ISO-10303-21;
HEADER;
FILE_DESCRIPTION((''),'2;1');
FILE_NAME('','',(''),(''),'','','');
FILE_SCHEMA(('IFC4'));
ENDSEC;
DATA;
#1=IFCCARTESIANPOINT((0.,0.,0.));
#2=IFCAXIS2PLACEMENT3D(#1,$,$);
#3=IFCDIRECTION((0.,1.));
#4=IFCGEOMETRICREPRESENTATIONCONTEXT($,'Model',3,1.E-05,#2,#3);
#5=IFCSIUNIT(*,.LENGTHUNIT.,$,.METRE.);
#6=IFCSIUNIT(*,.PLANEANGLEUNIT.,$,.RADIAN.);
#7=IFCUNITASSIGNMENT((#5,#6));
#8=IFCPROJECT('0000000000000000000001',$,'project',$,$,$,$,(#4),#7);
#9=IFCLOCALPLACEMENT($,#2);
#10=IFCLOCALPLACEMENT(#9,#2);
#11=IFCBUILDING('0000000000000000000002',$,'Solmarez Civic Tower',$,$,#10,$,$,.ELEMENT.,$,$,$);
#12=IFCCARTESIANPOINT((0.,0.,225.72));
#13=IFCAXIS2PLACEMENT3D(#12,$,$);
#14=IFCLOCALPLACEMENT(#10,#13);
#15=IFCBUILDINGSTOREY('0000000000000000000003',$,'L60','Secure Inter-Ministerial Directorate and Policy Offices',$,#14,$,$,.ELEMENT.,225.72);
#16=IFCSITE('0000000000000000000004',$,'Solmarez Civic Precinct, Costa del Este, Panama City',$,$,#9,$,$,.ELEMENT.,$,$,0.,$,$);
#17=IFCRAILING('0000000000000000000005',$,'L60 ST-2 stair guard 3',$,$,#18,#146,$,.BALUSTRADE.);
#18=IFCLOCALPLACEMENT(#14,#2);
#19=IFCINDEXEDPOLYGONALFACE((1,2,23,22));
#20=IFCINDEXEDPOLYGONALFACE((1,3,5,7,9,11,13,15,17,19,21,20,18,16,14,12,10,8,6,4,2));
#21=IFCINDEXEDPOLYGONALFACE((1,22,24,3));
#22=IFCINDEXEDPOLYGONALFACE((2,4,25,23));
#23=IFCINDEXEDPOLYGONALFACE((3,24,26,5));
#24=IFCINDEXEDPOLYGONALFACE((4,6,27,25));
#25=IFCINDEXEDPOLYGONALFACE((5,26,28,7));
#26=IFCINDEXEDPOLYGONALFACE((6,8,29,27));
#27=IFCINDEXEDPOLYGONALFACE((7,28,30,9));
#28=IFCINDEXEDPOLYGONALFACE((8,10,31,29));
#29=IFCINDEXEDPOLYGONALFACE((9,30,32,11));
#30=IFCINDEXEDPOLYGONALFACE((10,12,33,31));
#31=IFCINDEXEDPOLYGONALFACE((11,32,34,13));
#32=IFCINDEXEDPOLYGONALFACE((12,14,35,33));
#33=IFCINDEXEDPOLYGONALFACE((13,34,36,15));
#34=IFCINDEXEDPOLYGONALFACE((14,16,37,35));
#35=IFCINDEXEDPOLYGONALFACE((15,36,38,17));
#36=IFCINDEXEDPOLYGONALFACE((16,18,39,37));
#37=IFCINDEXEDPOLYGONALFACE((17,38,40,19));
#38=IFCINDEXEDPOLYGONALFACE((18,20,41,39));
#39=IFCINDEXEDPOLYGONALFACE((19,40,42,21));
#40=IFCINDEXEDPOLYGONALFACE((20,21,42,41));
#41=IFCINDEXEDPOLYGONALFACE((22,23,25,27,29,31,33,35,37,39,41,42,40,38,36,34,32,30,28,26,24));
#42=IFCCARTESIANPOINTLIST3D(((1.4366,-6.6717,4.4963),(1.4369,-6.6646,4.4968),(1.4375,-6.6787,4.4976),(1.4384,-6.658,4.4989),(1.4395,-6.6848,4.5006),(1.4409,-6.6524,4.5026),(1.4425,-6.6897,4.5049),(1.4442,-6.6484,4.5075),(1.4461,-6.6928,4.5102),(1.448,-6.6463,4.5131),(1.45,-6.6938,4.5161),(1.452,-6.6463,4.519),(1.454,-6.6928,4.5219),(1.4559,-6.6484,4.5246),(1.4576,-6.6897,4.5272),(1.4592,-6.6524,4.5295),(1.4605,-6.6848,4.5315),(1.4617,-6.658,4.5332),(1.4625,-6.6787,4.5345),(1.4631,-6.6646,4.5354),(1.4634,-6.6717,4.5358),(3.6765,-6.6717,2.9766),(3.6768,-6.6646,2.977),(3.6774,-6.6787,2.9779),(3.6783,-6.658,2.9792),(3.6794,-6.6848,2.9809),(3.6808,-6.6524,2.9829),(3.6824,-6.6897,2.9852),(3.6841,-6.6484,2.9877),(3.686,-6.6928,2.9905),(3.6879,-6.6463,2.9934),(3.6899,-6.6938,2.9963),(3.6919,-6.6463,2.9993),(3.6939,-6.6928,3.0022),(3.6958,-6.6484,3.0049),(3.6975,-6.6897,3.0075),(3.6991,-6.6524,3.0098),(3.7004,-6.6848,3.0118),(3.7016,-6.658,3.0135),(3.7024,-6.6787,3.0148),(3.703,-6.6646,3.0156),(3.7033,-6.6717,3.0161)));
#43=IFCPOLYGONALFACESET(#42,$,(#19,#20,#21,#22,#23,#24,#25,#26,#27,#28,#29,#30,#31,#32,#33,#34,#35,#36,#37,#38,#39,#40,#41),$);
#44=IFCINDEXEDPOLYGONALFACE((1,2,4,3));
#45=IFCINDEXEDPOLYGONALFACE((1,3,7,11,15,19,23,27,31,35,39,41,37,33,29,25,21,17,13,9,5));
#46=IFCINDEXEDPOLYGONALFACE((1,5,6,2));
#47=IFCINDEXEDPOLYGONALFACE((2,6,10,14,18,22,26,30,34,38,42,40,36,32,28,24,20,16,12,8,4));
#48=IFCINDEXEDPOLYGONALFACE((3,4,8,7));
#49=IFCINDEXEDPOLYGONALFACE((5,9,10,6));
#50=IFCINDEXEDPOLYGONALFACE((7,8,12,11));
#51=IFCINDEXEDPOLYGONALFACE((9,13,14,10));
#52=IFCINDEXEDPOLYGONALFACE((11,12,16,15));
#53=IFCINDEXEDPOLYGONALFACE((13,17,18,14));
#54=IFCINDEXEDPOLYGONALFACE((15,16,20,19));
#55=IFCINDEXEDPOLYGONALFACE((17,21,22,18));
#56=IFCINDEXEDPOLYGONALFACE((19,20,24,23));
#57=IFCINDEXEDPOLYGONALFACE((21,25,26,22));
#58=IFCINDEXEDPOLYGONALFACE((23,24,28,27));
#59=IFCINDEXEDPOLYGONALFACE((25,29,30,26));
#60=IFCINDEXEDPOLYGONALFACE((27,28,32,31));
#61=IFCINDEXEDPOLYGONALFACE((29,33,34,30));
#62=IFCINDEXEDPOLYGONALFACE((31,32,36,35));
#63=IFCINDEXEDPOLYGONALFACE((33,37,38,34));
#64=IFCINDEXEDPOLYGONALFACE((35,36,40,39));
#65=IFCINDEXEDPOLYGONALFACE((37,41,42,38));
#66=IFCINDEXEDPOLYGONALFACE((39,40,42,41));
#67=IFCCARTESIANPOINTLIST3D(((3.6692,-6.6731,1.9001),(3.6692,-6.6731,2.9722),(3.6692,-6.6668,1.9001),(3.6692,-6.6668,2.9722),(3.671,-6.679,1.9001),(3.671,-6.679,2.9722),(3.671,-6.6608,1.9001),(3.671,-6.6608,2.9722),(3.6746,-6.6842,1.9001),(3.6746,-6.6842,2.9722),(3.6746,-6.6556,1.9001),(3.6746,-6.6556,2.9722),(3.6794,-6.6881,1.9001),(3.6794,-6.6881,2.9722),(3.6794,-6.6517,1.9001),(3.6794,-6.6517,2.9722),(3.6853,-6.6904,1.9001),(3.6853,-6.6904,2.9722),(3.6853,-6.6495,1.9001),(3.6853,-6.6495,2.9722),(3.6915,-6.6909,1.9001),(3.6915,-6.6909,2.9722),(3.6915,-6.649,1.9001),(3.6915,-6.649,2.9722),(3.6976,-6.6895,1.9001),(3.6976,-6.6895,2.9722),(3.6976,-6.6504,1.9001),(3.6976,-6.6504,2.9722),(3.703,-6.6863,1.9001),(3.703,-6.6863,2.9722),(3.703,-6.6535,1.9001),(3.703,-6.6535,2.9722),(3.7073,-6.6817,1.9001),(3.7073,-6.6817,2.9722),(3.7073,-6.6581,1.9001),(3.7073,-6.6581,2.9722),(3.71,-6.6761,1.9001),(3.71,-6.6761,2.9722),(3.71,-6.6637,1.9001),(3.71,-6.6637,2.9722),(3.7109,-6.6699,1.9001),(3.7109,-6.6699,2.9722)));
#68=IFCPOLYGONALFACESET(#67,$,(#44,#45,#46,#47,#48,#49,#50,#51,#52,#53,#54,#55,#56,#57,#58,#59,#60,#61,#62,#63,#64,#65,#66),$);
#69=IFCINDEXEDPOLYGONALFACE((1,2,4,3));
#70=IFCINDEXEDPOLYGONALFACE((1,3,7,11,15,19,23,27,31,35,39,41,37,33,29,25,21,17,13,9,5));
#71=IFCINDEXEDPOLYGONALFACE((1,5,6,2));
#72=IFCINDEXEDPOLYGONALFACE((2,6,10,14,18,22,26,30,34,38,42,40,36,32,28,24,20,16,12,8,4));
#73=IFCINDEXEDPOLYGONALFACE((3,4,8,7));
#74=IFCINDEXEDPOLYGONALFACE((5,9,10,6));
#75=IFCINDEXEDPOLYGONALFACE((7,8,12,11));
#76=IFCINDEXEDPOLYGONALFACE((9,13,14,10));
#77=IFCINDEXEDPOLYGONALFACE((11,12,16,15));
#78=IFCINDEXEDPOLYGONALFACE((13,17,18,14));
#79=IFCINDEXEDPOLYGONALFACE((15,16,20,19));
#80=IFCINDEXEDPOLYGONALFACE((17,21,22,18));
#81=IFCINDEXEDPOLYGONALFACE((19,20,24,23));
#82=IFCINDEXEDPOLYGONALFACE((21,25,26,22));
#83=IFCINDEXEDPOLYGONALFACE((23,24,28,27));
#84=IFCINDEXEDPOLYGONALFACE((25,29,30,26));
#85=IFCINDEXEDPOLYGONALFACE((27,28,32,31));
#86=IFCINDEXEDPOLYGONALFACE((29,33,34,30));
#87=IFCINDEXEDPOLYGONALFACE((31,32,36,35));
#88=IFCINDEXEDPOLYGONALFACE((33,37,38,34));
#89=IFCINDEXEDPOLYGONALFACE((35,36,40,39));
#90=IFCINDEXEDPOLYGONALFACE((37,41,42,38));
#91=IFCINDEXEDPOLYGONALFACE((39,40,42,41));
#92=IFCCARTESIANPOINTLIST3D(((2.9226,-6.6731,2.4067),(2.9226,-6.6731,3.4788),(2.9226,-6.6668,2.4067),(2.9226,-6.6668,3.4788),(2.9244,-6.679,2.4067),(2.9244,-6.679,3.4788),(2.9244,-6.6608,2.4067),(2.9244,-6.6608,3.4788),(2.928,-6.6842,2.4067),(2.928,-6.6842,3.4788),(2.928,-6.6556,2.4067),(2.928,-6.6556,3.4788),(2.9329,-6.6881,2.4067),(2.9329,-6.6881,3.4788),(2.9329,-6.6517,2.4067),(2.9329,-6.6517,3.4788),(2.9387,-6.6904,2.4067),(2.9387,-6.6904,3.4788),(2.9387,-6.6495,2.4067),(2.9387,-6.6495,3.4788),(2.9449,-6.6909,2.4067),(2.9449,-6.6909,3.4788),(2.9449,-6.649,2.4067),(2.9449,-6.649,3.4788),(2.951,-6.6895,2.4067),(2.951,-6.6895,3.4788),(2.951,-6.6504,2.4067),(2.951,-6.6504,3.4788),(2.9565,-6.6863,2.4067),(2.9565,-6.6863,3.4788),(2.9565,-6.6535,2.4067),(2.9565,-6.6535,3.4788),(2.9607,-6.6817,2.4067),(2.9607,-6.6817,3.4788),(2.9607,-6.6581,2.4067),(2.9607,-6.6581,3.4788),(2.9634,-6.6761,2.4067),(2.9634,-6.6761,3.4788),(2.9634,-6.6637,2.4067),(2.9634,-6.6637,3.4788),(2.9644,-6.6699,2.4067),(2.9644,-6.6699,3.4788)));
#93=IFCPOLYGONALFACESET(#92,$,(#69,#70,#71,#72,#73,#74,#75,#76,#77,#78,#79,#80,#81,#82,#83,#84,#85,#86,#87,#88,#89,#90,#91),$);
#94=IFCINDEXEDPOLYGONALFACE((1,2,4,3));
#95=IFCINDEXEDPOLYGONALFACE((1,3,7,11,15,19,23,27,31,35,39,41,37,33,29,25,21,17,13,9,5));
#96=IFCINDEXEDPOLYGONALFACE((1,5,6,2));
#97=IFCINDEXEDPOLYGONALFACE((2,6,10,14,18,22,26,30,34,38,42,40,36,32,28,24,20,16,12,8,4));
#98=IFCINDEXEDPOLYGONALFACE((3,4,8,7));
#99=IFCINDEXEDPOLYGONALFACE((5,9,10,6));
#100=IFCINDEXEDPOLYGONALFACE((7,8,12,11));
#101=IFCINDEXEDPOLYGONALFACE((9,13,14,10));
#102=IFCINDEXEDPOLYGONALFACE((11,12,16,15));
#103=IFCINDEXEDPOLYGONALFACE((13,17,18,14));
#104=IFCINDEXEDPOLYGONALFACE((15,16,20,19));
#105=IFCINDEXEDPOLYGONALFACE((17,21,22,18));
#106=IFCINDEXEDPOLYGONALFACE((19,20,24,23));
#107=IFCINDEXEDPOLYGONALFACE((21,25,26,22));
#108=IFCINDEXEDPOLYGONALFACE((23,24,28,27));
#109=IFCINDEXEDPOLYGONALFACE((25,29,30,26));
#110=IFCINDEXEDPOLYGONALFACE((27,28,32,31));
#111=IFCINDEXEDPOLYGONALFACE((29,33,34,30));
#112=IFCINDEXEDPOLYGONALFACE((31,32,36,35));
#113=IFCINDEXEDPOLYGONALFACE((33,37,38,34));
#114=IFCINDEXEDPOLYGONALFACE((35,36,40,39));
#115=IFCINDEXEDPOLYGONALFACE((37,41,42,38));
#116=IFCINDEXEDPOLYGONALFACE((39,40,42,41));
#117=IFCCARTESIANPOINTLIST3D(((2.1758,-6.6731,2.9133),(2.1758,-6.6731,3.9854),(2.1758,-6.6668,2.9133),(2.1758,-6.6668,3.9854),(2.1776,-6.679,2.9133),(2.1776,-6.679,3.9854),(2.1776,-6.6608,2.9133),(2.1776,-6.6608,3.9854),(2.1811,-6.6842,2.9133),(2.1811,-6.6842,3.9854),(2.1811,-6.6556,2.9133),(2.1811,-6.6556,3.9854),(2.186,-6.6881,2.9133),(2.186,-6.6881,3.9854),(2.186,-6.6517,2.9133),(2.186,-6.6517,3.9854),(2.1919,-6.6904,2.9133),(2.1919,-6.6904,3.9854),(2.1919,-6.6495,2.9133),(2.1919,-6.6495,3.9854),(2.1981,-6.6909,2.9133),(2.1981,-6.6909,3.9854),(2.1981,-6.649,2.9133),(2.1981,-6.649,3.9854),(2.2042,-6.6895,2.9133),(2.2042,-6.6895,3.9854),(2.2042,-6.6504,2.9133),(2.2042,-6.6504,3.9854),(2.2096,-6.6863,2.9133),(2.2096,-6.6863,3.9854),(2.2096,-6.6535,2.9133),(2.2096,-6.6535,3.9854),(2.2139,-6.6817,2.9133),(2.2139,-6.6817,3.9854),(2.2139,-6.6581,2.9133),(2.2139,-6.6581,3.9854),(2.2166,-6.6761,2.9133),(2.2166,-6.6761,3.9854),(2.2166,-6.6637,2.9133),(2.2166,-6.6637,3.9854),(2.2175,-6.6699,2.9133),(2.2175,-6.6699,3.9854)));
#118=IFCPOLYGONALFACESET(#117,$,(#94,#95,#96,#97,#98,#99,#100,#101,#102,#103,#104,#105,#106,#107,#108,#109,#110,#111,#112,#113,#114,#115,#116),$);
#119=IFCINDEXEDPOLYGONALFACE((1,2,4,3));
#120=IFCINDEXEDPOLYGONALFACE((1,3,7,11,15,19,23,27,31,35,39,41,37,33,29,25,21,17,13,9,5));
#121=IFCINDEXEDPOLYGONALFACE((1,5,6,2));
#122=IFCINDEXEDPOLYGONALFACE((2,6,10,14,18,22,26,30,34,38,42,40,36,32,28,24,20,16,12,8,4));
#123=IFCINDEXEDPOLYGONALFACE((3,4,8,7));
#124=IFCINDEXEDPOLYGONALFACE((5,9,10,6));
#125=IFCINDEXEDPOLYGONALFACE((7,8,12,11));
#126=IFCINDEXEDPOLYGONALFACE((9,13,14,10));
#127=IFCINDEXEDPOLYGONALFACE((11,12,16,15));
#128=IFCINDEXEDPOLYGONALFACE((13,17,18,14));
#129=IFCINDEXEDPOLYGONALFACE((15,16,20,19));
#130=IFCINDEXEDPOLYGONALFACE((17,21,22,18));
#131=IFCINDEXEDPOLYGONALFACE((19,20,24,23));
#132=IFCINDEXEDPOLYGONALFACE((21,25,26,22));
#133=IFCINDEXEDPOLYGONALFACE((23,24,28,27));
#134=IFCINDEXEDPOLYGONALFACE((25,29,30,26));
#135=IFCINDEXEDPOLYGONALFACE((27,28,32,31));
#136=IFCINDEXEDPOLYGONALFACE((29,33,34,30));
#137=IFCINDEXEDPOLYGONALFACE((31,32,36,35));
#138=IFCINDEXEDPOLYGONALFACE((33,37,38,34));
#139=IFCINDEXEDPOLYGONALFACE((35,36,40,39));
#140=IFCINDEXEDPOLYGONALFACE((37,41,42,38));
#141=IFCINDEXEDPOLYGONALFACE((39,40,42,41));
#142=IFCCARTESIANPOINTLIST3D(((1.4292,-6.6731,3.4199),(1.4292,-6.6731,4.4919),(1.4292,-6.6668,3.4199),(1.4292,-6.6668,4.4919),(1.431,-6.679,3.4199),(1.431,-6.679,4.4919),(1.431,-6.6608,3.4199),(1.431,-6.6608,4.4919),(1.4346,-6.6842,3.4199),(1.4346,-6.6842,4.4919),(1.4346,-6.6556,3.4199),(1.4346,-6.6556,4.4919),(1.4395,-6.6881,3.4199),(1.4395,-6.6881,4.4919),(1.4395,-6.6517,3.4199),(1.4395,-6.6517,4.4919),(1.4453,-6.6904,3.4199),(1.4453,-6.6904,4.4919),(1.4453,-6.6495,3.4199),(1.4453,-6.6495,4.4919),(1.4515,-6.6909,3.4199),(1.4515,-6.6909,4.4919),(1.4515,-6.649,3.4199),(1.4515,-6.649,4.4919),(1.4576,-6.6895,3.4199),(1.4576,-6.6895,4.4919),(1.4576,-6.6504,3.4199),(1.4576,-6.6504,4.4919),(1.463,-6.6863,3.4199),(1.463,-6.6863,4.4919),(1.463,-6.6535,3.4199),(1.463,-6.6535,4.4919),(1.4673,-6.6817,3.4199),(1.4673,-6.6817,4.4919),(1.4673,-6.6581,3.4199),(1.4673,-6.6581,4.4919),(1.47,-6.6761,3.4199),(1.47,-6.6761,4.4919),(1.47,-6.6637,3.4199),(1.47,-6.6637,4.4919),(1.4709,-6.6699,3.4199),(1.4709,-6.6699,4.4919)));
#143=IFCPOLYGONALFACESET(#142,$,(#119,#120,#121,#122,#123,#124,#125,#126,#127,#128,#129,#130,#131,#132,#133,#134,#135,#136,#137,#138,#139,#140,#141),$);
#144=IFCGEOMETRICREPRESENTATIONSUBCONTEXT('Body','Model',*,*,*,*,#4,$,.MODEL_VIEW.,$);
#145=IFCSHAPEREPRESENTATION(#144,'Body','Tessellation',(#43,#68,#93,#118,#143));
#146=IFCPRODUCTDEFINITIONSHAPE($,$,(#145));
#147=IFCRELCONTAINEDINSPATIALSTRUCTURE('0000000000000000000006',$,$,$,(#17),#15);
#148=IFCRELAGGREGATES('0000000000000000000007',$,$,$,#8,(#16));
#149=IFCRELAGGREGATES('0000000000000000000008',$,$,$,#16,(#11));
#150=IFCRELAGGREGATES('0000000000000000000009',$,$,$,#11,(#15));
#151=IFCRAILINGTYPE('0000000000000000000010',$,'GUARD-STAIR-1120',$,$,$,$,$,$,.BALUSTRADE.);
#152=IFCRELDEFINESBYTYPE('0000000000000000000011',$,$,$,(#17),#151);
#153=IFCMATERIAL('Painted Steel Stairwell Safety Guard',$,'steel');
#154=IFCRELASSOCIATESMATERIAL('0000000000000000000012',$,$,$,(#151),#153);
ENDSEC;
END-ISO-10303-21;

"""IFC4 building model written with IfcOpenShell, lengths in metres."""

from ifc_helpers import new_model, si_unit, direction, frame, origin, origin_2d, place, context, subcontext, project, spatial, circle, extrude, material, type_object, element, save


model = new_model("IFC4")

# Units and contexts
model_context = context("Model", 3, precision=1e-05, world=origin(), true_north=direction((0.0, 1.0)))
body_context = subcontext(model_context, "Body", "Model", "MODEL_VIEW")
ifc_project = project(units=[si_unit("LENGTHUNIT", "METRE"), si_unit("PLANEANGLEUNIT", "RADIAN")], contexts=[model_context])

# Site, building, storey
site_placement = place(None, origin())
site = spatial("IfcSite", under=ifc_project, at=site_placement, Name="Solmarez Civic Precinct, Costa del Este, Panama City", CompositionType="ELEMENT", RefElevation=0.0)
building_placement = place(site_placement, origin())
building = spatial("IfcBuilding", under=site, at=building_placement, Name="Solmarez Civic Tower", CompositionType="ELEMENT")
storey_placement = place(building_placement, frame((0.0, 0.0, 225.72)))
storey = spatial("IfcBuildingStorey", under=building, at=storey_placement, Name="L60", Description="Secure Inter-Ministerial Directorate and Policy Offices", CompositionType="ELEMENT", Elevation=225.72)

# Railing
ifc_material_1 = material(Name="Painted Steel Stairwell Safety Guard", Category="steel")
railing_type_1 = type_object("IfcRailingType", Name="GUARD-STAIR-1120", PredefinedType="BALUSTRADE", material=ifc_material_1)
railing_1_placement = place(storey_placement, frame((3.6899, -6.6699, 1.9001)))
element("IfcRailing", 1, at=railing_1_placement, inside=storey, type_object=railing_type_1, Name="L60 ST-2 stair guard 3", PredefinedType="BALUSTRADE", context=body_context, shape_type="SweptSolid", body=[
    extrude(circle(Radius=0.0239, at=origin_2d()), frame((0.0, 0.0, 1.0962), z_axis=(-0.827513, 0.0, 0.561446), x_axis=(0.0, -1.0, 0.0)), (0.0, 0.0, 1.0), 2.7068),
    extrude(circle(Radius=0.021, at=origin_2d()), origin(), (0.0, 0.0, 1.0), 1.072),
    extrude(circle(Radius=0.021, at=origin_2d()), frame((-0.7466, 0.0, 0.5066)), (0.0, 0.0, 1.0), 1.072),
    extrude(circle(Radius=0.021, at=origin_2d()), frame((-1.4934, 0.0, 1.0132)), (0.0, 0.0, 1.0), 1.072),
    extrude(circle(Radius=0.021, at=origin_2d()), frame((-2.24, 0.0, 1.5198)), (0.0, 0.0, 1.0), 1.072),
])

save(model, "model.ifc")
